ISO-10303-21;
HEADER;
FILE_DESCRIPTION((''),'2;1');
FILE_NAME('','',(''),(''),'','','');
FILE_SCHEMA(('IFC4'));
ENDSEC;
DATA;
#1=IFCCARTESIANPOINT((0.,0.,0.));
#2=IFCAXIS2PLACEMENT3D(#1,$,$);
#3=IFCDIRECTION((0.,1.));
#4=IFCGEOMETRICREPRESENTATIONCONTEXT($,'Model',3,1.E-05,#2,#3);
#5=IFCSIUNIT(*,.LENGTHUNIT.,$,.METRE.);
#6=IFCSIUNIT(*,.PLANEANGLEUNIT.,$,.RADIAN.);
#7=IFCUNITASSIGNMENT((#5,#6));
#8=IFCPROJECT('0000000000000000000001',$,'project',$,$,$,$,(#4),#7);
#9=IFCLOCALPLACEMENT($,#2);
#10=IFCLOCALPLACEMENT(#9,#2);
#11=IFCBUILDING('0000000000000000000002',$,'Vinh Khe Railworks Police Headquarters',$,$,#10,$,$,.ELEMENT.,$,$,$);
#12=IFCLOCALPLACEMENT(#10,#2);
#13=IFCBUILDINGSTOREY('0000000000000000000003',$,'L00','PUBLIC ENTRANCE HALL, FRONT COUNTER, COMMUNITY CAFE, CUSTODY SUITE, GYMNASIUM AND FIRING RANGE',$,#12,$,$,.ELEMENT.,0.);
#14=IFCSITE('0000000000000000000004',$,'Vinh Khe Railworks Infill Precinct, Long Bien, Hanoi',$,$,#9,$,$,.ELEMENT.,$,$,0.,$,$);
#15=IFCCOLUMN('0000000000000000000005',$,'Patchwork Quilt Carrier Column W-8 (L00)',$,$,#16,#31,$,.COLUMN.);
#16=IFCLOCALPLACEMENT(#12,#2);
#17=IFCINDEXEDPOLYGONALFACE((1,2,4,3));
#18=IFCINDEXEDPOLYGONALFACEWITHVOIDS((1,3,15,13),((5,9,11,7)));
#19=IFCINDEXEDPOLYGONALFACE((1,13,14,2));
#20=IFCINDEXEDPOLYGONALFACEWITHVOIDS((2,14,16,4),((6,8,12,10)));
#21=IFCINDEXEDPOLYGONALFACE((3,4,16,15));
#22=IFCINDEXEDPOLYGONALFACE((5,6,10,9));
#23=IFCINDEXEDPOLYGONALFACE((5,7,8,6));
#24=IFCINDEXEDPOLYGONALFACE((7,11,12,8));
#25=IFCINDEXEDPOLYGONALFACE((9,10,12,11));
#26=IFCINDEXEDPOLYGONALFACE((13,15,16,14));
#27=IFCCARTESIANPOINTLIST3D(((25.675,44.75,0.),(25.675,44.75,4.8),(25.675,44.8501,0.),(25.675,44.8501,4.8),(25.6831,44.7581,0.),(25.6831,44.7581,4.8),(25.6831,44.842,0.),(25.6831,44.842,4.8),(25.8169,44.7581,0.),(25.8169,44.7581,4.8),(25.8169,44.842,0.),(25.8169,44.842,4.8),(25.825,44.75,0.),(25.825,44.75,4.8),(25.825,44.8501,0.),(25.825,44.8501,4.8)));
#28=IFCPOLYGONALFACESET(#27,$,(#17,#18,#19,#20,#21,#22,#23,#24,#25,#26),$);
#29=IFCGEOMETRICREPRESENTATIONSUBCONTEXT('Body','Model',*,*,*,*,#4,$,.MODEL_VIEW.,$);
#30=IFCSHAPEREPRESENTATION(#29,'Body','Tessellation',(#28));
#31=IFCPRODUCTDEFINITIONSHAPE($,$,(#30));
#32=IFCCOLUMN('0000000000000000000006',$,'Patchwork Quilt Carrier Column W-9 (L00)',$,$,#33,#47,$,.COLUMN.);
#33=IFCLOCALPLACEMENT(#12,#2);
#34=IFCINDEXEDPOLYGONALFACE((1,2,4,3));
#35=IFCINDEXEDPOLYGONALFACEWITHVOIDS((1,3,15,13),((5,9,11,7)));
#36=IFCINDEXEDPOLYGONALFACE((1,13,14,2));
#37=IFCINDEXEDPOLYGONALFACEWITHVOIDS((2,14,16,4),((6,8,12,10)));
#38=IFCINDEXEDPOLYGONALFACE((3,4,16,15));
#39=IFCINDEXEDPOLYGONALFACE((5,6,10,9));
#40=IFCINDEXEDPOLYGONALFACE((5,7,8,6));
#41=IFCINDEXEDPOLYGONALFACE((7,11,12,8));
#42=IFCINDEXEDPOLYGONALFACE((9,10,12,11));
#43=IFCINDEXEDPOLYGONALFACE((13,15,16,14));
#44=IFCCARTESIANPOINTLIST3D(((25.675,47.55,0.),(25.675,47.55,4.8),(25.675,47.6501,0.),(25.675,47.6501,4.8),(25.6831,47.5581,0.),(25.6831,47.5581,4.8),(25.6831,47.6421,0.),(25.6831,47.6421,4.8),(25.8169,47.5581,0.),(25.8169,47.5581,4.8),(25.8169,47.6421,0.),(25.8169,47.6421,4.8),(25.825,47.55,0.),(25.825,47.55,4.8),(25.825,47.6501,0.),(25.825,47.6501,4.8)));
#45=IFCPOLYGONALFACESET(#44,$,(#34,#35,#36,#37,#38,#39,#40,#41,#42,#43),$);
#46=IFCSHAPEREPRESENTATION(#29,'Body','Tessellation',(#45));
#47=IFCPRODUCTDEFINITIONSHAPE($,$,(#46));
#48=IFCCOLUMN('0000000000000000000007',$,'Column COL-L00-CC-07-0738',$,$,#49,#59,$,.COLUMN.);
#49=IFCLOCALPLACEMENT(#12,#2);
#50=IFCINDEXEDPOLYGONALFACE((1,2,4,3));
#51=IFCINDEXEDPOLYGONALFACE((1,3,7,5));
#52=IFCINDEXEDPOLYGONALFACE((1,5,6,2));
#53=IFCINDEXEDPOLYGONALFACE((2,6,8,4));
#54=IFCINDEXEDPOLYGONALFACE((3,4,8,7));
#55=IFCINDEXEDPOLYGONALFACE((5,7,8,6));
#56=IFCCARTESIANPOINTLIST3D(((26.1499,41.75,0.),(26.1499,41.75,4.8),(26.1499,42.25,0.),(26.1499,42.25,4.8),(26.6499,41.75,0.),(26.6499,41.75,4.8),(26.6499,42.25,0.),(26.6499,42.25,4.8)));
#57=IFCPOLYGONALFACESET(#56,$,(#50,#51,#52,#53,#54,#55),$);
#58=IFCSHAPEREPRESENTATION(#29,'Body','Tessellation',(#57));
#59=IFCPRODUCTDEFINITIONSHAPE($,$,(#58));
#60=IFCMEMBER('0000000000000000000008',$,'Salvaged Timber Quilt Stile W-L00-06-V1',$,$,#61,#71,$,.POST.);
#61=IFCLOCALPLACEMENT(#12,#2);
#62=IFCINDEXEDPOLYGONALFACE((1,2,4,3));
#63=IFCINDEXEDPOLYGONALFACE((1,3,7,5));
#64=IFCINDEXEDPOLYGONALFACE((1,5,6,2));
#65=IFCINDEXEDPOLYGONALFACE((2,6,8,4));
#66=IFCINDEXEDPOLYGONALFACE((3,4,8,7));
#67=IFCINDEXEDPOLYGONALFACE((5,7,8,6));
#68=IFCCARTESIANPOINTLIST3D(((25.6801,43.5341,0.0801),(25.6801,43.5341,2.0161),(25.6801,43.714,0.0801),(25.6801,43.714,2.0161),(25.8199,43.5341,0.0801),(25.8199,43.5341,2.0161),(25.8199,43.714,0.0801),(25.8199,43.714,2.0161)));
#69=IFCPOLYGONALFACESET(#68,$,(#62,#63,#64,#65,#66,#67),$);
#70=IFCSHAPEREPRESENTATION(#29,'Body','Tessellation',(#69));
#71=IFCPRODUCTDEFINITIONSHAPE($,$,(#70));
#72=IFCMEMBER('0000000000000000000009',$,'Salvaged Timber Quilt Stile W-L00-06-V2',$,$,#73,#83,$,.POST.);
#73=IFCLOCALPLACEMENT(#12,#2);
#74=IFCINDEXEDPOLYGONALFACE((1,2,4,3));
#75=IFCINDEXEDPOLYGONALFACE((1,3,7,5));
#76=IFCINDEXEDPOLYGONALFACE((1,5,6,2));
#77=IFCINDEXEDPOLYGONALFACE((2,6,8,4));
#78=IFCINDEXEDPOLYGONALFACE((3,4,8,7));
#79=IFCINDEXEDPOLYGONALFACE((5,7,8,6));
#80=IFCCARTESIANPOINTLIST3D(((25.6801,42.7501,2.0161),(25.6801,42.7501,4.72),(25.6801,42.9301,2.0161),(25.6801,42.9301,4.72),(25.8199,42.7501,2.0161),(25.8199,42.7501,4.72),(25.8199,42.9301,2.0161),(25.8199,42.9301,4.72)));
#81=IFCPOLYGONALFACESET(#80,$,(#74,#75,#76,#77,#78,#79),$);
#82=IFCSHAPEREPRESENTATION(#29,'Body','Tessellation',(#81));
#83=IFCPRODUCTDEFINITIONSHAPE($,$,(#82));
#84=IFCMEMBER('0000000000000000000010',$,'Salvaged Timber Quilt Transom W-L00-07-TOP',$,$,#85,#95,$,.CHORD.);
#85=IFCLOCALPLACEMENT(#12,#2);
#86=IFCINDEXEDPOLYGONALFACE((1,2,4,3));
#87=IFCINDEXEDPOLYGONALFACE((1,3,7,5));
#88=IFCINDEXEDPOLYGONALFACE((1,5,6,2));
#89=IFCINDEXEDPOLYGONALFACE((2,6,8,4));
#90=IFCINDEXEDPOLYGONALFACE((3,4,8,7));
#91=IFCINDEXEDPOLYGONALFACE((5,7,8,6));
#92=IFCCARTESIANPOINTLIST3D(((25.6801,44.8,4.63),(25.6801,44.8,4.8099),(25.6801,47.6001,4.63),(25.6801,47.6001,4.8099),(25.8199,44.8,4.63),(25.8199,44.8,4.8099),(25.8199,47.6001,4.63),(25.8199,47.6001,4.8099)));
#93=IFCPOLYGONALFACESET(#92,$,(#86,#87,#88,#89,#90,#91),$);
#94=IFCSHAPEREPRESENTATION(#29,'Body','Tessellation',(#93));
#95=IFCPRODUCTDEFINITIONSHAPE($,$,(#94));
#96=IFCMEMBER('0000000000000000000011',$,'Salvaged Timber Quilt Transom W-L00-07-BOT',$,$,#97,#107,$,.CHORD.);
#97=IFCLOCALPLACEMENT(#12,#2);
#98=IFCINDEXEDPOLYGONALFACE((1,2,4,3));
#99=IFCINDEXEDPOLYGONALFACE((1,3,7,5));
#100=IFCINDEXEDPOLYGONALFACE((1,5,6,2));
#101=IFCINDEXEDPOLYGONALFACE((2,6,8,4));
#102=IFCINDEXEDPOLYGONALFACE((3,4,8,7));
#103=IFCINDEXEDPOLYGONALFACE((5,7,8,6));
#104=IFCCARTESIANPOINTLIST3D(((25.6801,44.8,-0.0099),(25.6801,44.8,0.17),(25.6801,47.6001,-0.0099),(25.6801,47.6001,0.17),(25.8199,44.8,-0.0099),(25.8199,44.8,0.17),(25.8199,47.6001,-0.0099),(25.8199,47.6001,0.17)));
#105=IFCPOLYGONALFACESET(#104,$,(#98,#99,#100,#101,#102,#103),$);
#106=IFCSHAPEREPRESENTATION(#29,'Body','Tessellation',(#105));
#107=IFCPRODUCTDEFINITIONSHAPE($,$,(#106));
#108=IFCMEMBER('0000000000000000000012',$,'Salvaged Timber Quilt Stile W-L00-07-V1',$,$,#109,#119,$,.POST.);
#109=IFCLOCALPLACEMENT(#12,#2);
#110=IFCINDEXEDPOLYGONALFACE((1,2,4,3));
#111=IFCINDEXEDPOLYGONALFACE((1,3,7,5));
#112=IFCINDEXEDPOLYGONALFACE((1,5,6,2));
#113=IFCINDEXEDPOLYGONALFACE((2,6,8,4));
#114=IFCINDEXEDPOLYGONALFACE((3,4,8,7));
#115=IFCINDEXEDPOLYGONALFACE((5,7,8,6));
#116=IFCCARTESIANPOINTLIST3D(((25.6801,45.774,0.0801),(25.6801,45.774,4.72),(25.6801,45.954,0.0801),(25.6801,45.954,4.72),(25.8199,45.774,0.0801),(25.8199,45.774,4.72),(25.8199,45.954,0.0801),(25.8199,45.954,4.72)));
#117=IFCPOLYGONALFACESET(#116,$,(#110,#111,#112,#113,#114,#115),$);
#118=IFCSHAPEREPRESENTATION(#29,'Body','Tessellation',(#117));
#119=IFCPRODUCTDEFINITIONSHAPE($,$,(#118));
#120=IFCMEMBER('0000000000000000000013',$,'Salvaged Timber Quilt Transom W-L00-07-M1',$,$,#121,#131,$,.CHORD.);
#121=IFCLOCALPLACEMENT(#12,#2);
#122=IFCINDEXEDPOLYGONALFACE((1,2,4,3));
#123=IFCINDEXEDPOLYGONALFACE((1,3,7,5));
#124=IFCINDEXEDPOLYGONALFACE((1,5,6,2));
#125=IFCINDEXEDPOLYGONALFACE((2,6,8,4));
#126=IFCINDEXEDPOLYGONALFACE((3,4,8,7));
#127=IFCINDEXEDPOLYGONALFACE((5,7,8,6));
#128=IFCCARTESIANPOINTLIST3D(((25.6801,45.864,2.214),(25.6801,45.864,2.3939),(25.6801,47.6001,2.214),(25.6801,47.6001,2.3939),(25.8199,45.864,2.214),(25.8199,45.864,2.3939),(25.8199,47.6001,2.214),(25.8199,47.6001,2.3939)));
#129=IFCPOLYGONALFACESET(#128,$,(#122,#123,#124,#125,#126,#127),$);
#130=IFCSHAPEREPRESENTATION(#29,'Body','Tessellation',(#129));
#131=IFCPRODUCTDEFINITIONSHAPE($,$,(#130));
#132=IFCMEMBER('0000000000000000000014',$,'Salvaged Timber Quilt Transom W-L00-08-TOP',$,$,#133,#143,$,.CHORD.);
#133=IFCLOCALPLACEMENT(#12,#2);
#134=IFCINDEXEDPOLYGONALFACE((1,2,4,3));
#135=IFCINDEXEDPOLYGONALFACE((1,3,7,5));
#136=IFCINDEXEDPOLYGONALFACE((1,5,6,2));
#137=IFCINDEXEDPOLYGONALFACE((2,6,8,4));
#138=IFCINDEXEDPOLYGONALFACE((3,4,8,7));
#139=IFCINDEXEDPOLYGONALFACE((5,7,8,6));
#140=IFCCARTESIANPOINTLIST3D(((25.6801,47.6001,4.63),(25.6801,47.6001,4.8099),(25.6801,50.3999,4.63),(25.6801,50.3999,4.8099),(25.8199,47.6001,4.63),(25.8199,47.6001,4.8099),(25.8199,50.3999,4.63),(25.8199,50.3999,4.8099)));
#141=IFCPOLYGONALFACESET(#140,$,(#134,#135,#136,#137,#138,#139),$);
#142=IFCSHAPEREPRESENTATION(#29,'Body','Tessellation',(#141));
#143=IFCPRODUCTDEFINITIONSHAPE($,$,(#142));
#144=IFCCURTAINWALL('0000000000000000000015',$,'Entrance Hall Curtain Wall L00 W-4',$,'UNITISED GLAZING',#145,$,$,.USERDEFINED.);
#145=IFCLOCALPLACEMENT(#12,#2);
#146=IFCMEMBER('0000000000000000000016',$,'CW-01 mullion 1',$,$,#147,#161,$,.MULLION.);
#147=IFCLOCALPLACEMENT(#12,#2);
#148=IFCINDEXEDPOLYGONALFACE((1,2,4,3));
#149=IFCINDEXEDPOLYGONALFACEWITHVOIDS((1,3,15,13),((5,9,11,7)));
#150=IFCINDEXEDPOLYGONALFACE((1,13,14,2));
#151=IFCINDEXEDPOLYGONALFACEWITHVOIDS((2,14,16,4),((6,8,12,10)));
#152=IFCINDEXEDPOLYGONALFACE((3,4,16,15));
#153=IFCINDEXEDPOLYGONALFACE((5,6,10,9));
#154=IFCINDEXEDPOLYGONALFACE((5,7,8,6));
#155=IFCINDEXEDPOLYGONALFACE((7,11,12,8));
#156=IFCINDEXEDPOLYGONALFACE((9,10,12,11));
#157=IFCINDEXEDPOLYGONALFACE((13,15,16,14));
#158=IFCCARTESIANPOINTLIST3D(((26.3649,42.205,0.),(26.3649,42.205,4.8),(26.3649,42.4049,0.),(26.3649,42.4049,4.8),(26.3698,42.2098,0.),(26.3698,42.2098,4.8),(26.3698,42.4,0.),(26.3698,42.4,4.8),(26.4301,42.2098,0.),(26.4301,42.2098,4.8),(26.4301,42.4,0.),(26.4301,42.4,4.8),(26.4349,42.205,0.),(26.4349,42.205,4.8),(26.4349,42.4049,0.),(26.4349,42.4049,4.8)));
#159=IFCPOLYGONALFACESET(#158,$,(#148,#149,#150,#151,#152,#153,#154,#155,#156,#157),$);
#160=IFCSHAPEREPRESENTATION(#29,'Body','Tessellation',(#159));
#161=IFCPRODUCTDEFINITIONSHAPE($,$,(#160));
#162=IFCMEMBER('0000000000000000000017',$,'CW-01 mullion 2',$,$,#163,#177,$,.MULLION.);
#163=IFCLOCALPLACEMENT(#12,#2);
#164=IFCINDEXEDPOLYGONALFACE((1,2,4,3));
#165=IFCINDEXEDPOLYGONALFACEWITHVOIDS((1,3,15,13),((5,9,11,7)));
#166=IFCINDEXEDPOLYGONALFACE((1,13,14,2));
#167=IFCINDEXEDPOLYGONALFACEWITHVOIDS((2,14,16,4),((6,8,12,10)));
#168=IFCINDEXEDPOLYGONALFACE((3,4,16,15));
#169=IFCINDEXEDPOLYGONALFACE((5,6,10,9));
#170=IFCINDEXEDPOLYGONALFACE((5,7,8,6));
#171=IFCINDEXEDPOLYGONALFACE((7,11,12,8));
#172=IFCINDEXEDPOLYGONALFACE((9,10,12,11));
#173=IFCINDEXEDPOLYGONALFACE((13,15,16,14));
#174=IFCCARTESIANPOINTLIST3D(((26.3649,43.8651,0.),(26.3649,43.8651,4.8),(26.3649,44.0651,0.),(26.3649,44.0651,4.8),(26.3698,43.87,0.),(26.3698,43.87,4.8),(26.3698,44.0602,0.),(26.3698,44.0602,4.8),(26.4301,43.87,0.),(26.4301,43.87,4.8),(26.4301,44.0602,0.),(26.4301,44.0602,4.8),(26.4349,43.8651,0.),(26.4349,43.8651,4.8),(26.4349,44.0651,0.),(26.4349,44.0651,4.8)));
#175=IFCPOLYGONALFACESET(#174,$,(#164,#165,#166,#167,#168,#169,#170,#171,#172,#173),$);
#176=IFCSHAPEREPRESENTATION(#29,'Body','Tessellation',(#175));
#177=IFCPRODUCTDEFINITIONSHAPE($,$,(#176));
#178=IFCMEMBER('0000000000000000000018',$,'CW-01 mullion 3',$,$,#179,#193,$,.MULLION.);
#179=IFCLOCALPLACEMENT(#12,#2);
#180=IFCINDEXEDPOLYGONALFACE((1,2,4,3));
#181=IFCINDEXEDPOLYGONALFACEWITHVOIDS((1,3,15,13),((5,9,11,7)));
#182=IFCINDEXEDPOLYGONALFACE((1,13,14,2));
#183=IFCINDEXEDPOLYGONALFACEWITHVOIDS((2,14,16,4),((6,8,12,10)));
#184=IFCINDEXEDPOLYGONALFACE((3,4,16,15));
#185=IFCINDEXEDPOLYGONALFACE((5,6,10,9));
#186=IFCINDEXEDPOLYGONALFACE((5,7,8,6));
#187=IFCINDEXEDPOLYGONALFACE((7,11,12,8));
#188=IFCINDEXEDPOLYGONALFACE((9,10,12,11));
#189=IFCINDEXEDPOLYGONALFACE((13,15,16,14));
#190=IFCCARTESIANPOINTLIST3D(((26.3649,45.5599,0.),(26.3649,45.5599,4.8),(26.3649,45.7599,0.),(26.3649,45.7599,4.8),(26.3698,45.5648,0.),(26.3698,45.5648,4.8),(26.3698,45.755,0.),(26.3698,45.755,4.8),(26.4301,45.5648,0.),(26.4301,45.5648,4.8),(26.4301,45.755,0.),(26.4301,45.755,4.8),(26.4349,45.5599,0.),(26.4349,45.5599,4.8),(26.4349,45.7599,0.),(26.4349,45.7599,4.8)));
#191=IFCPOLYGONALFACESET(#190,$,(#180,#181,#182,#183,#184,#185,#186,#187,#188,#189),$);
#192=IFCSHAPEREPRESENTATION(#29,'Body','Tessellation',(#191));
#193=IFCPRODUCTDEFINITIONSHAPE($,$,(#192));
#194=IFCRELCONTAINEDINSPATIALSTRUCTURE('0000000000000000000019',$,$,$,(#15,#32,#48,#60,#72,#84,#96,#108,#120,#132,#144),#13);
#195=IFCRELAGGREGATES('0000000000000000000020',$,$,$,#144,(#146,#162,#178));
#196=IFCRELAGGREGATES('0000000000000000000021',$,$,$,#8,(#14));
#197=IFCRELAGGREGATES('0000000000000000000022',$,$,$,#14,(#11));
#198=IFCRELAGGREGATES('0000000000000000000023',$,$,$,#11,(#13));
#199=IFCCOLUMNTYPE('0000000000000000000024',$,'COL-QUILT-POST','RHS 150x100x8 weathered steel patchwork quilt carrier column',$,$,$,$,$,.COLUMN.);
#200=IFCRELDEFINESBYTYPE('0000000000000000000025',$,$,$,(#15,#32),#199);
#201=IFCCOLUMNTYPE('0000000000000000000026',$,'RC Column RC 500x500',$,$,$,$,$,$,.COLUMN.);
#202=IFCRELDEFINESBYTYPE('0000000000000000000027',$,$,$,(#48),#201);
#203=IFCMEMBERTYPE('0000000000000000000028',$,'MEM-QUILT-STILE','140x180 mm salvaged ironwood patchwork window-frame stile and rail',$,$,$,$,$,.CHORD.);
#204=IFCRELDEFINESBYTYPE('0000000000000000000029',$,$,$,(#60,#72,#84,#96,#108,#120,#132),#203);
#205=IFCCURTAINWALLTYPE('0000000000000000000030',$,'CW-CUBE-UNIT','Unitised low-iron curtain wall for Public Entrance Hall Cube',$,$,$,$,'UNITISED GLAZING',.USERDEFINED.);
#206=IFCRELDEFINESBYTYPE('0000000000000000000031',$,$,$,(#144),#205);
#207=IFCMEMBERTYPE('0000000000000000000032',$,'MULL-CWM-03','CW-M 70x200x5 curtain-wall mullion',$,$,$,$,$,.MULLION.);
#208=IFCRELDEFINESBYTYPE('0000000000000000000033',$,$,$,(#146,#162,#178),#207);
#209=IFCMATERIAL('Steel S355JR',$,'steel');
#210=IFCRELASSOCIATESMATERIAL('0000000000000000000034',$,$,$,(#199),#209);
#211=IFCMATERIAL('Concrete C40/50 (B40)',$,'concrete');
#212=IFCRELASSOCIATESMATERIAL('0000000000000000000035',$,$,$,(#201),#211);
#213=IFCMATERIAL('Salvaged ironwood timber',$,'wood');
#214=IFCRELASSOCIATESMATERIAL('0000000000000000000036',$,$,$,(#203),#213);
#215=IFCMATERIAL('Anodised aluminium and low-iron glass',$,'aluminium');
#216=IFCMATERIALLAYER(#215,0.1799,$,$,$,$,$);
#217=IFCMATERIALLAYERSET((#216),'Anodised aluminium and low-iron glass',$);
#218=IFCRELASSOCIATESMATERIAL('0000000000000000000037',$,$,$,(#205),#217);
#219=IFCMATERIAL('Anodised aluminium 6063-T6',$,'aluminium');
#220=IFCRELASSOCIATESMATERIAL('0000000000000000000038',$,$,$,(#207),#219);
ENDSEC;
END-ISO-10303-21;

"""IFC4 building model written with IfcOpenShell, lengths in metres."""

from ifc_helpers import new_model, si_unit, direction, frame, origin, origin_2d, place, context, subcontext, project, spatial, rectangle, hollow_rectangle, extrude, material, layer, layer_set, material_profile, profile_set, type_object, element, aggregate, save


model = new_model("IFC4")

# Units and contexts
model_context = context("Model", 3, precision=1e-05, world=origin(), true_north=direction((0.0, 1.0)))
body_context = subcontext(model_context, "Body", "Model", "MODEL_VIEW")
ifc_project = project(units=[si_unit("LENGTHUNIT", "METRE"), si_unit("PLANEANGLEUNIT", "RADIAN")], contexts=[model_context])

# Site, building, storey
site_placement = place(None, origin())
site = spatial("IfcSite", under=ifc_project, at=site_placement, Name="Vinh Khe Railworks Infill Precinct, Long Bien, Hanoi", CompositionType="ELEMENT", RefElevation=0.0)
building_placement = place(site_placement, origin())
building = spatial("IfcBuilding", under=site, at=building_placement, Name="Vinh Khe Railworks Police Headquarters", CompositionType="ELEMENT")
storey_placement = place(building_placement, origin())
storey = spatial("IfcBuildingStorey", under=building, at=storey_placement, Name="L00", Description="PUBLIC ENTRANCE HALL, FRONT COUNTER, COMMUNITY CAFE, CUSTODY SUITE, GYMNASIUM AND FIRING RANGE", CompositionType="ELEMENT", Elevation=0.0)

# Columns
ifc_material_1 = material(Name="Steel S355JR", Category="steel")
ifc_material_profile_1 = material_profile(ifc_material_1, hollow_rectangle(XDim=0.1499, YDim=0.1001, WallThickness=0.0081, at=origin_2d()), Name="RHS 150x100x8")
ifc_profile_set_1 = profile_set([ifc_material_profile_1], Name="Steel S355JR")
column_type_1 = type_object("IfcColumnType", Name="COL-QUILT-POST", Description="RHS 150x100x8 weathered steel patchwork quilt carrier column", PredefinedType="COLUMN", material=ifc_profile_set_1)
for number, where, z_axis, x_axis, name in (
    (1, (25.75, 44.8, 0.0), (0.0, 0.0, 1.0), (1.0, 0.0, 0.0), "Patchwork Quilt Carrier Column W-8 (L00)"),
    (2, (25.75, 47.6001, 0.0), (0.0, 0.0, 1.0), (1.0, 0.0, 0.0), "Patchwork Quilt Carrier Column W-9 (L00)"),
):
    element("IfcColumn", number, at=place(storey_placement, frame(where, z_axis=z_axis, x_axis=x_axis)), inside=storey, type_object=column_type_1, Name=name, PredefinedType="COLUMN", context=body_context, shape_type="SweptSolid", body=[
        extrude(hollow_rectangle(XDim=0.1499, YDim=0.1001, WallThickness=0.0081, at=origin_2d()), origin(), (0.0, 0.0, 1.0), 4.8),
    ])
ifc_material_2 = material(Name="Concrete C40/50 (B40)", Category="concrete")
ifc_material_profile_2 = material_profile(ifc_material_2, rectangle(XDim=0.5, YDim=0.5, at=origin_2d()), Name="RC 500x500")
ifc_profile_set_2 = profile_set([ifc_material_profile_2], Name="Concrete C40/50 (B40)")
column_type_2 = type_object("IfcColumnType", Name="RC Column RC 500x500", PredefinedType="COLUMN", material=ifc_profile_set_2)
column_placement = place(storey_placement, frame((26.3999, 42.0, 0.0), z_axis=(0.0, 0.0, 1.0), x_axis=(1.0, 0.0, 0.0)))
element("IfcColumn", 3, at=column_placement, inside=storey, type_object=column_type_2, Name="Column COL-L00-CC-07-0738", PredefinedType="COLUMN", context=body_context, shape_type="SweptSolid", body=[
    extrude(rectangle(XDim=0.5, YDim=0.5, at=origin_2d()), origin(), (0.0, 0.0, 1.0), 4.8),
])

# Members
ifc_material_3 = material(Name="Salvaged ironwood timber", Category="wood")
ifc_material_profile_3 = material_profile(ifc_material_3, rectangle(XDim=0.1399, YDim=0.1799, at=origin_2d()), Name="TIMBER 140x180")
ifc_profile_set_3 = profile_set([ifc_material_profile_3], Name="Salvaged ironwood timber")
member_type_1 = type_object("IfcMemberType", Name="MEM-QUILT-STILE", Description="140x180 mm salvaged ironwood patchwork window-frame stile and rail", PredefinedType="CHORD", material=ifc_profile_set_3)
member_1_placement = place(storey_placement, frame((25.75, 43.624, 0.0801), z_axis=(0.0, 0.0, 1.0), x_axis=(1.0, 0.0, 0.0)))
element("IfcMember", 4, at=member_1_placement, inside=storey, type_object=member_type_1, Name="Salvaged Timber Quilt Stile W-L00-06-V1", PredefinedType="POST", context=body_context, shape_type="SweptSolid", body=[
    extrude(rectangle(XDim=0.1399, YDim=0.1799, at=origin_2d()), origin(), (0.0, 0.0, 1.0), 1.936),
])
member_2_placement = place(storey_placement, frame((25.75, 42.8401, 2.0161), z_axis=(0.0, 0.0, 1.0), x_axis=(1.0, 0.0, 0.0)))
element("IfcMember", 5, at=member_2_placement, inside=storey, type_object=member_type_1, Name="Salvaged Timber Quilt Stile W-L00-06-V2", PredefinedType="POST", context=body_context, shape_type="SweptSolid", body=[
    extrude(rectangle(XDim=0.1399, YDim=0.1799, at=origin_2d()), origin(), (0.0, 0.0, 1.0), 2.7039),
])
for number, where, z_axis, x_axis, name in (
    (6, (25.75, 44.8, 4.72), (0.0, 1.0, 0.0), (-1.0, 0.0, 0.0), "Salvaged Timber Quilt Transom W-L00-07-TOP"),
    (7, (25.75, 44.8, 0.0801), (0.0, 1.0, 0.0), (-1.0, 0.0, 0.0), "Salvaged Timber Quilt Transom W-L00-07-BOT"),
):
    element("IfcMember", number, at=place(storey_placement, frame(where, z_axis=z_axis, x_axis=x_axis)), inside=storey, type_object=member_type_1, Name=name, PredefinedType="CHORD", context=body_context, shape_type="SweptSolid", body=[
        extrude(rectangle(XDim=0.1399, YDim=0.1799, at=origin_2d()), origin(), (0.0, 0.0, 1.0), 2.8),
    ])
member_3_placement = place(storey_placement, frame((25.75, 45.864, 0.0801), z_axis=(0.0, 0.0, 1.0), x_axis=(1.0, 0.0, 0.0)))
element("IfcMember", 8, at=member_3_placement, inside=storey, type_object=member_type_1, Name="Salvaged Timber Quilt Stile W-L00-07-V1", PredefinedType="POST", context=body_context, shape_type="SweptSolid", body=[
    extrude(rectangle(XDim=0.1399, YDim=0.1799, at=origin_2d()), origin(), (0.0, 0.0, 1.0), 4.6399),
])
member_4_placement = place(storey_placement, frame((25.75, 45.864, 2.304), z_axis=(0.0, 1.0, 0.0), x_axis=(-1.0, 0.0, 0.0)))
element("IfcMember", 9, at=member_4_placement, inside=storey, type_object=member_type_1, Name="Salvaged Timber Quilt Transom W-L00-07-M1", PredefinedType="CHORD", context=body_context, shape_type="SweptSolid", body=[
    extrude(rectangle(XDim=0.1399, YDim=0.1799, at=origin_2d()), origin(), (0.0, 0.0, 1.0), 1.7361),
])
member_5_placement = place(storey_placement, frame((25.75, 47.6001, 4.72), z_axis=(0.0, 1.0, 0.0), x_axis=(-1.0, 0.0, 0.0)))
element("IfcMember", 10, at=member_5_placement, inside=storey, type_object=member_type_1, Name="Salvaged Timber Quilt Transom W-L00-08-TOP", PredefinedType="CHORD", context=body_context, shape_type="SweptSolid", body=[
    extrude(rectangle(XDim=0.1399, YDim=0.1799, at=origin_2d()), origin(), (0.0, 0.0, 1.0), 2.7998),
])

# Curtain wall, members
ifc_material_4 = material(Name="Anodised aluminium and low-iron glass", Category="aluminium")
ifc_layer_1 = layer(ifc_material_4, 0.1799)
ifc_layer_set_1 = layer_set([ifc_layer_1], Name="Anodised aluminium and low-iron glass")
curtain_wall_type = type_object("IfcCurtainWallType", Name="CW-CUBE-UNIT", Description="Unitised low-iron curtain wall for Public Entrance Hall Cube", ElementType="UNITISED GLAZING", PredefinedType="USERDEFINED", material=ifc_layer_set_1)
curtain_wall_placement = place(storey_placement, origin())
curtain_wall = element("IfcCurtainWall", 11, at=curtain_wall_placement, inside=storey, type_object=curtain_wall_type, Name="Entrance Hall Curtain Wall L00 W-4", ObjectType="UNITISED GLAZING", PredefinedType="USERDEFINED")
ifc_material_5 = material(Name="Anodised aluminium 6063-T6", Category="aluminium")
ifc_material_profile_4 = material_profile(ifc_material_5, hollow_rectangle(XDim=0.0701, YDim=0.2, WallThickness=0.0049, at=origin_2d()), Name="CW-M 70x200x5")
ifc_profile_set_4 = profile_set([ifc_material_profile_4], Name="Anodised aluminium 6063-T6")
member_type_2 = type_object("IfcMemberType", Name="MULL-CWM-03", Description="CW-M 70x200x5 curtain-wall mullion", PredefinedType="MULLION", material=ifc_profile_set_4)
member_6_placement = place(storey_placement, frame((26.3999, 42.3049, 0.0), z_axis=(0.0, 0.0, 1.0), x_axis=(-1.0, 0.0, 0.0)))
member_6 = element("IfcMember", 12, at=member_6_placement, type_object=member_type_2, Name="CW-01 mullion 1", PredefinedType="MULLION", context=body_context, shape_type="SweptSolid", body=[
    extrude(hollow_rectangle(XDim=0.0701, YDim=0.2, WallThickness=0.0049, at=origin_2d()), origin(), (0.0, 0.0, 1.0), 4.8),
])
member_7_placement = place(storey_placement, frame((26.3999, 43.9651, 0.0), z_axis=(0.0, 0.0, 1.0), x_axis=(-1.0, 0.0, 0.0)))
member_7 = element("IfcMember", 13, at=member_7_placement, type_object=member_type_2, Name="CW-01 mullion 2", PredefinedType="MULLION", context=body_context, shape_type="SweptSolid", body=[
    extrude(hollow_rectangle(XDim=0.0701, YDim=0.2, WallThickness=0.0049, at=origin_2d()), origin(), (0.0, 0.0, 1.0), 4.8),
])
member_8_placement = place(storey_placement, frame((26.3999, 45.6599, 0.0), z_axis=(0.0, 0.0, 1.0), x_axis=(-1.0, 0.0, 0.0)))
member_8 = element("IfcMember", 14, at=member_8_placement, type_object=member_type_2, Name="CW-01 mullion 3", PredefinedType="MULLION", context=body_context, shape_type="SweptSolid", body=[
    extrude(hollow_rectangle(XDim=0.0701, YDim=0.2, WallThickness=0.0049, at=origin_2d()), origin(), (0.0, 0.0, 1.0), 4.8),
])

aggregate(curtain_wall, [member_6, member_7, member_8])

save(model, "model.ifc")
